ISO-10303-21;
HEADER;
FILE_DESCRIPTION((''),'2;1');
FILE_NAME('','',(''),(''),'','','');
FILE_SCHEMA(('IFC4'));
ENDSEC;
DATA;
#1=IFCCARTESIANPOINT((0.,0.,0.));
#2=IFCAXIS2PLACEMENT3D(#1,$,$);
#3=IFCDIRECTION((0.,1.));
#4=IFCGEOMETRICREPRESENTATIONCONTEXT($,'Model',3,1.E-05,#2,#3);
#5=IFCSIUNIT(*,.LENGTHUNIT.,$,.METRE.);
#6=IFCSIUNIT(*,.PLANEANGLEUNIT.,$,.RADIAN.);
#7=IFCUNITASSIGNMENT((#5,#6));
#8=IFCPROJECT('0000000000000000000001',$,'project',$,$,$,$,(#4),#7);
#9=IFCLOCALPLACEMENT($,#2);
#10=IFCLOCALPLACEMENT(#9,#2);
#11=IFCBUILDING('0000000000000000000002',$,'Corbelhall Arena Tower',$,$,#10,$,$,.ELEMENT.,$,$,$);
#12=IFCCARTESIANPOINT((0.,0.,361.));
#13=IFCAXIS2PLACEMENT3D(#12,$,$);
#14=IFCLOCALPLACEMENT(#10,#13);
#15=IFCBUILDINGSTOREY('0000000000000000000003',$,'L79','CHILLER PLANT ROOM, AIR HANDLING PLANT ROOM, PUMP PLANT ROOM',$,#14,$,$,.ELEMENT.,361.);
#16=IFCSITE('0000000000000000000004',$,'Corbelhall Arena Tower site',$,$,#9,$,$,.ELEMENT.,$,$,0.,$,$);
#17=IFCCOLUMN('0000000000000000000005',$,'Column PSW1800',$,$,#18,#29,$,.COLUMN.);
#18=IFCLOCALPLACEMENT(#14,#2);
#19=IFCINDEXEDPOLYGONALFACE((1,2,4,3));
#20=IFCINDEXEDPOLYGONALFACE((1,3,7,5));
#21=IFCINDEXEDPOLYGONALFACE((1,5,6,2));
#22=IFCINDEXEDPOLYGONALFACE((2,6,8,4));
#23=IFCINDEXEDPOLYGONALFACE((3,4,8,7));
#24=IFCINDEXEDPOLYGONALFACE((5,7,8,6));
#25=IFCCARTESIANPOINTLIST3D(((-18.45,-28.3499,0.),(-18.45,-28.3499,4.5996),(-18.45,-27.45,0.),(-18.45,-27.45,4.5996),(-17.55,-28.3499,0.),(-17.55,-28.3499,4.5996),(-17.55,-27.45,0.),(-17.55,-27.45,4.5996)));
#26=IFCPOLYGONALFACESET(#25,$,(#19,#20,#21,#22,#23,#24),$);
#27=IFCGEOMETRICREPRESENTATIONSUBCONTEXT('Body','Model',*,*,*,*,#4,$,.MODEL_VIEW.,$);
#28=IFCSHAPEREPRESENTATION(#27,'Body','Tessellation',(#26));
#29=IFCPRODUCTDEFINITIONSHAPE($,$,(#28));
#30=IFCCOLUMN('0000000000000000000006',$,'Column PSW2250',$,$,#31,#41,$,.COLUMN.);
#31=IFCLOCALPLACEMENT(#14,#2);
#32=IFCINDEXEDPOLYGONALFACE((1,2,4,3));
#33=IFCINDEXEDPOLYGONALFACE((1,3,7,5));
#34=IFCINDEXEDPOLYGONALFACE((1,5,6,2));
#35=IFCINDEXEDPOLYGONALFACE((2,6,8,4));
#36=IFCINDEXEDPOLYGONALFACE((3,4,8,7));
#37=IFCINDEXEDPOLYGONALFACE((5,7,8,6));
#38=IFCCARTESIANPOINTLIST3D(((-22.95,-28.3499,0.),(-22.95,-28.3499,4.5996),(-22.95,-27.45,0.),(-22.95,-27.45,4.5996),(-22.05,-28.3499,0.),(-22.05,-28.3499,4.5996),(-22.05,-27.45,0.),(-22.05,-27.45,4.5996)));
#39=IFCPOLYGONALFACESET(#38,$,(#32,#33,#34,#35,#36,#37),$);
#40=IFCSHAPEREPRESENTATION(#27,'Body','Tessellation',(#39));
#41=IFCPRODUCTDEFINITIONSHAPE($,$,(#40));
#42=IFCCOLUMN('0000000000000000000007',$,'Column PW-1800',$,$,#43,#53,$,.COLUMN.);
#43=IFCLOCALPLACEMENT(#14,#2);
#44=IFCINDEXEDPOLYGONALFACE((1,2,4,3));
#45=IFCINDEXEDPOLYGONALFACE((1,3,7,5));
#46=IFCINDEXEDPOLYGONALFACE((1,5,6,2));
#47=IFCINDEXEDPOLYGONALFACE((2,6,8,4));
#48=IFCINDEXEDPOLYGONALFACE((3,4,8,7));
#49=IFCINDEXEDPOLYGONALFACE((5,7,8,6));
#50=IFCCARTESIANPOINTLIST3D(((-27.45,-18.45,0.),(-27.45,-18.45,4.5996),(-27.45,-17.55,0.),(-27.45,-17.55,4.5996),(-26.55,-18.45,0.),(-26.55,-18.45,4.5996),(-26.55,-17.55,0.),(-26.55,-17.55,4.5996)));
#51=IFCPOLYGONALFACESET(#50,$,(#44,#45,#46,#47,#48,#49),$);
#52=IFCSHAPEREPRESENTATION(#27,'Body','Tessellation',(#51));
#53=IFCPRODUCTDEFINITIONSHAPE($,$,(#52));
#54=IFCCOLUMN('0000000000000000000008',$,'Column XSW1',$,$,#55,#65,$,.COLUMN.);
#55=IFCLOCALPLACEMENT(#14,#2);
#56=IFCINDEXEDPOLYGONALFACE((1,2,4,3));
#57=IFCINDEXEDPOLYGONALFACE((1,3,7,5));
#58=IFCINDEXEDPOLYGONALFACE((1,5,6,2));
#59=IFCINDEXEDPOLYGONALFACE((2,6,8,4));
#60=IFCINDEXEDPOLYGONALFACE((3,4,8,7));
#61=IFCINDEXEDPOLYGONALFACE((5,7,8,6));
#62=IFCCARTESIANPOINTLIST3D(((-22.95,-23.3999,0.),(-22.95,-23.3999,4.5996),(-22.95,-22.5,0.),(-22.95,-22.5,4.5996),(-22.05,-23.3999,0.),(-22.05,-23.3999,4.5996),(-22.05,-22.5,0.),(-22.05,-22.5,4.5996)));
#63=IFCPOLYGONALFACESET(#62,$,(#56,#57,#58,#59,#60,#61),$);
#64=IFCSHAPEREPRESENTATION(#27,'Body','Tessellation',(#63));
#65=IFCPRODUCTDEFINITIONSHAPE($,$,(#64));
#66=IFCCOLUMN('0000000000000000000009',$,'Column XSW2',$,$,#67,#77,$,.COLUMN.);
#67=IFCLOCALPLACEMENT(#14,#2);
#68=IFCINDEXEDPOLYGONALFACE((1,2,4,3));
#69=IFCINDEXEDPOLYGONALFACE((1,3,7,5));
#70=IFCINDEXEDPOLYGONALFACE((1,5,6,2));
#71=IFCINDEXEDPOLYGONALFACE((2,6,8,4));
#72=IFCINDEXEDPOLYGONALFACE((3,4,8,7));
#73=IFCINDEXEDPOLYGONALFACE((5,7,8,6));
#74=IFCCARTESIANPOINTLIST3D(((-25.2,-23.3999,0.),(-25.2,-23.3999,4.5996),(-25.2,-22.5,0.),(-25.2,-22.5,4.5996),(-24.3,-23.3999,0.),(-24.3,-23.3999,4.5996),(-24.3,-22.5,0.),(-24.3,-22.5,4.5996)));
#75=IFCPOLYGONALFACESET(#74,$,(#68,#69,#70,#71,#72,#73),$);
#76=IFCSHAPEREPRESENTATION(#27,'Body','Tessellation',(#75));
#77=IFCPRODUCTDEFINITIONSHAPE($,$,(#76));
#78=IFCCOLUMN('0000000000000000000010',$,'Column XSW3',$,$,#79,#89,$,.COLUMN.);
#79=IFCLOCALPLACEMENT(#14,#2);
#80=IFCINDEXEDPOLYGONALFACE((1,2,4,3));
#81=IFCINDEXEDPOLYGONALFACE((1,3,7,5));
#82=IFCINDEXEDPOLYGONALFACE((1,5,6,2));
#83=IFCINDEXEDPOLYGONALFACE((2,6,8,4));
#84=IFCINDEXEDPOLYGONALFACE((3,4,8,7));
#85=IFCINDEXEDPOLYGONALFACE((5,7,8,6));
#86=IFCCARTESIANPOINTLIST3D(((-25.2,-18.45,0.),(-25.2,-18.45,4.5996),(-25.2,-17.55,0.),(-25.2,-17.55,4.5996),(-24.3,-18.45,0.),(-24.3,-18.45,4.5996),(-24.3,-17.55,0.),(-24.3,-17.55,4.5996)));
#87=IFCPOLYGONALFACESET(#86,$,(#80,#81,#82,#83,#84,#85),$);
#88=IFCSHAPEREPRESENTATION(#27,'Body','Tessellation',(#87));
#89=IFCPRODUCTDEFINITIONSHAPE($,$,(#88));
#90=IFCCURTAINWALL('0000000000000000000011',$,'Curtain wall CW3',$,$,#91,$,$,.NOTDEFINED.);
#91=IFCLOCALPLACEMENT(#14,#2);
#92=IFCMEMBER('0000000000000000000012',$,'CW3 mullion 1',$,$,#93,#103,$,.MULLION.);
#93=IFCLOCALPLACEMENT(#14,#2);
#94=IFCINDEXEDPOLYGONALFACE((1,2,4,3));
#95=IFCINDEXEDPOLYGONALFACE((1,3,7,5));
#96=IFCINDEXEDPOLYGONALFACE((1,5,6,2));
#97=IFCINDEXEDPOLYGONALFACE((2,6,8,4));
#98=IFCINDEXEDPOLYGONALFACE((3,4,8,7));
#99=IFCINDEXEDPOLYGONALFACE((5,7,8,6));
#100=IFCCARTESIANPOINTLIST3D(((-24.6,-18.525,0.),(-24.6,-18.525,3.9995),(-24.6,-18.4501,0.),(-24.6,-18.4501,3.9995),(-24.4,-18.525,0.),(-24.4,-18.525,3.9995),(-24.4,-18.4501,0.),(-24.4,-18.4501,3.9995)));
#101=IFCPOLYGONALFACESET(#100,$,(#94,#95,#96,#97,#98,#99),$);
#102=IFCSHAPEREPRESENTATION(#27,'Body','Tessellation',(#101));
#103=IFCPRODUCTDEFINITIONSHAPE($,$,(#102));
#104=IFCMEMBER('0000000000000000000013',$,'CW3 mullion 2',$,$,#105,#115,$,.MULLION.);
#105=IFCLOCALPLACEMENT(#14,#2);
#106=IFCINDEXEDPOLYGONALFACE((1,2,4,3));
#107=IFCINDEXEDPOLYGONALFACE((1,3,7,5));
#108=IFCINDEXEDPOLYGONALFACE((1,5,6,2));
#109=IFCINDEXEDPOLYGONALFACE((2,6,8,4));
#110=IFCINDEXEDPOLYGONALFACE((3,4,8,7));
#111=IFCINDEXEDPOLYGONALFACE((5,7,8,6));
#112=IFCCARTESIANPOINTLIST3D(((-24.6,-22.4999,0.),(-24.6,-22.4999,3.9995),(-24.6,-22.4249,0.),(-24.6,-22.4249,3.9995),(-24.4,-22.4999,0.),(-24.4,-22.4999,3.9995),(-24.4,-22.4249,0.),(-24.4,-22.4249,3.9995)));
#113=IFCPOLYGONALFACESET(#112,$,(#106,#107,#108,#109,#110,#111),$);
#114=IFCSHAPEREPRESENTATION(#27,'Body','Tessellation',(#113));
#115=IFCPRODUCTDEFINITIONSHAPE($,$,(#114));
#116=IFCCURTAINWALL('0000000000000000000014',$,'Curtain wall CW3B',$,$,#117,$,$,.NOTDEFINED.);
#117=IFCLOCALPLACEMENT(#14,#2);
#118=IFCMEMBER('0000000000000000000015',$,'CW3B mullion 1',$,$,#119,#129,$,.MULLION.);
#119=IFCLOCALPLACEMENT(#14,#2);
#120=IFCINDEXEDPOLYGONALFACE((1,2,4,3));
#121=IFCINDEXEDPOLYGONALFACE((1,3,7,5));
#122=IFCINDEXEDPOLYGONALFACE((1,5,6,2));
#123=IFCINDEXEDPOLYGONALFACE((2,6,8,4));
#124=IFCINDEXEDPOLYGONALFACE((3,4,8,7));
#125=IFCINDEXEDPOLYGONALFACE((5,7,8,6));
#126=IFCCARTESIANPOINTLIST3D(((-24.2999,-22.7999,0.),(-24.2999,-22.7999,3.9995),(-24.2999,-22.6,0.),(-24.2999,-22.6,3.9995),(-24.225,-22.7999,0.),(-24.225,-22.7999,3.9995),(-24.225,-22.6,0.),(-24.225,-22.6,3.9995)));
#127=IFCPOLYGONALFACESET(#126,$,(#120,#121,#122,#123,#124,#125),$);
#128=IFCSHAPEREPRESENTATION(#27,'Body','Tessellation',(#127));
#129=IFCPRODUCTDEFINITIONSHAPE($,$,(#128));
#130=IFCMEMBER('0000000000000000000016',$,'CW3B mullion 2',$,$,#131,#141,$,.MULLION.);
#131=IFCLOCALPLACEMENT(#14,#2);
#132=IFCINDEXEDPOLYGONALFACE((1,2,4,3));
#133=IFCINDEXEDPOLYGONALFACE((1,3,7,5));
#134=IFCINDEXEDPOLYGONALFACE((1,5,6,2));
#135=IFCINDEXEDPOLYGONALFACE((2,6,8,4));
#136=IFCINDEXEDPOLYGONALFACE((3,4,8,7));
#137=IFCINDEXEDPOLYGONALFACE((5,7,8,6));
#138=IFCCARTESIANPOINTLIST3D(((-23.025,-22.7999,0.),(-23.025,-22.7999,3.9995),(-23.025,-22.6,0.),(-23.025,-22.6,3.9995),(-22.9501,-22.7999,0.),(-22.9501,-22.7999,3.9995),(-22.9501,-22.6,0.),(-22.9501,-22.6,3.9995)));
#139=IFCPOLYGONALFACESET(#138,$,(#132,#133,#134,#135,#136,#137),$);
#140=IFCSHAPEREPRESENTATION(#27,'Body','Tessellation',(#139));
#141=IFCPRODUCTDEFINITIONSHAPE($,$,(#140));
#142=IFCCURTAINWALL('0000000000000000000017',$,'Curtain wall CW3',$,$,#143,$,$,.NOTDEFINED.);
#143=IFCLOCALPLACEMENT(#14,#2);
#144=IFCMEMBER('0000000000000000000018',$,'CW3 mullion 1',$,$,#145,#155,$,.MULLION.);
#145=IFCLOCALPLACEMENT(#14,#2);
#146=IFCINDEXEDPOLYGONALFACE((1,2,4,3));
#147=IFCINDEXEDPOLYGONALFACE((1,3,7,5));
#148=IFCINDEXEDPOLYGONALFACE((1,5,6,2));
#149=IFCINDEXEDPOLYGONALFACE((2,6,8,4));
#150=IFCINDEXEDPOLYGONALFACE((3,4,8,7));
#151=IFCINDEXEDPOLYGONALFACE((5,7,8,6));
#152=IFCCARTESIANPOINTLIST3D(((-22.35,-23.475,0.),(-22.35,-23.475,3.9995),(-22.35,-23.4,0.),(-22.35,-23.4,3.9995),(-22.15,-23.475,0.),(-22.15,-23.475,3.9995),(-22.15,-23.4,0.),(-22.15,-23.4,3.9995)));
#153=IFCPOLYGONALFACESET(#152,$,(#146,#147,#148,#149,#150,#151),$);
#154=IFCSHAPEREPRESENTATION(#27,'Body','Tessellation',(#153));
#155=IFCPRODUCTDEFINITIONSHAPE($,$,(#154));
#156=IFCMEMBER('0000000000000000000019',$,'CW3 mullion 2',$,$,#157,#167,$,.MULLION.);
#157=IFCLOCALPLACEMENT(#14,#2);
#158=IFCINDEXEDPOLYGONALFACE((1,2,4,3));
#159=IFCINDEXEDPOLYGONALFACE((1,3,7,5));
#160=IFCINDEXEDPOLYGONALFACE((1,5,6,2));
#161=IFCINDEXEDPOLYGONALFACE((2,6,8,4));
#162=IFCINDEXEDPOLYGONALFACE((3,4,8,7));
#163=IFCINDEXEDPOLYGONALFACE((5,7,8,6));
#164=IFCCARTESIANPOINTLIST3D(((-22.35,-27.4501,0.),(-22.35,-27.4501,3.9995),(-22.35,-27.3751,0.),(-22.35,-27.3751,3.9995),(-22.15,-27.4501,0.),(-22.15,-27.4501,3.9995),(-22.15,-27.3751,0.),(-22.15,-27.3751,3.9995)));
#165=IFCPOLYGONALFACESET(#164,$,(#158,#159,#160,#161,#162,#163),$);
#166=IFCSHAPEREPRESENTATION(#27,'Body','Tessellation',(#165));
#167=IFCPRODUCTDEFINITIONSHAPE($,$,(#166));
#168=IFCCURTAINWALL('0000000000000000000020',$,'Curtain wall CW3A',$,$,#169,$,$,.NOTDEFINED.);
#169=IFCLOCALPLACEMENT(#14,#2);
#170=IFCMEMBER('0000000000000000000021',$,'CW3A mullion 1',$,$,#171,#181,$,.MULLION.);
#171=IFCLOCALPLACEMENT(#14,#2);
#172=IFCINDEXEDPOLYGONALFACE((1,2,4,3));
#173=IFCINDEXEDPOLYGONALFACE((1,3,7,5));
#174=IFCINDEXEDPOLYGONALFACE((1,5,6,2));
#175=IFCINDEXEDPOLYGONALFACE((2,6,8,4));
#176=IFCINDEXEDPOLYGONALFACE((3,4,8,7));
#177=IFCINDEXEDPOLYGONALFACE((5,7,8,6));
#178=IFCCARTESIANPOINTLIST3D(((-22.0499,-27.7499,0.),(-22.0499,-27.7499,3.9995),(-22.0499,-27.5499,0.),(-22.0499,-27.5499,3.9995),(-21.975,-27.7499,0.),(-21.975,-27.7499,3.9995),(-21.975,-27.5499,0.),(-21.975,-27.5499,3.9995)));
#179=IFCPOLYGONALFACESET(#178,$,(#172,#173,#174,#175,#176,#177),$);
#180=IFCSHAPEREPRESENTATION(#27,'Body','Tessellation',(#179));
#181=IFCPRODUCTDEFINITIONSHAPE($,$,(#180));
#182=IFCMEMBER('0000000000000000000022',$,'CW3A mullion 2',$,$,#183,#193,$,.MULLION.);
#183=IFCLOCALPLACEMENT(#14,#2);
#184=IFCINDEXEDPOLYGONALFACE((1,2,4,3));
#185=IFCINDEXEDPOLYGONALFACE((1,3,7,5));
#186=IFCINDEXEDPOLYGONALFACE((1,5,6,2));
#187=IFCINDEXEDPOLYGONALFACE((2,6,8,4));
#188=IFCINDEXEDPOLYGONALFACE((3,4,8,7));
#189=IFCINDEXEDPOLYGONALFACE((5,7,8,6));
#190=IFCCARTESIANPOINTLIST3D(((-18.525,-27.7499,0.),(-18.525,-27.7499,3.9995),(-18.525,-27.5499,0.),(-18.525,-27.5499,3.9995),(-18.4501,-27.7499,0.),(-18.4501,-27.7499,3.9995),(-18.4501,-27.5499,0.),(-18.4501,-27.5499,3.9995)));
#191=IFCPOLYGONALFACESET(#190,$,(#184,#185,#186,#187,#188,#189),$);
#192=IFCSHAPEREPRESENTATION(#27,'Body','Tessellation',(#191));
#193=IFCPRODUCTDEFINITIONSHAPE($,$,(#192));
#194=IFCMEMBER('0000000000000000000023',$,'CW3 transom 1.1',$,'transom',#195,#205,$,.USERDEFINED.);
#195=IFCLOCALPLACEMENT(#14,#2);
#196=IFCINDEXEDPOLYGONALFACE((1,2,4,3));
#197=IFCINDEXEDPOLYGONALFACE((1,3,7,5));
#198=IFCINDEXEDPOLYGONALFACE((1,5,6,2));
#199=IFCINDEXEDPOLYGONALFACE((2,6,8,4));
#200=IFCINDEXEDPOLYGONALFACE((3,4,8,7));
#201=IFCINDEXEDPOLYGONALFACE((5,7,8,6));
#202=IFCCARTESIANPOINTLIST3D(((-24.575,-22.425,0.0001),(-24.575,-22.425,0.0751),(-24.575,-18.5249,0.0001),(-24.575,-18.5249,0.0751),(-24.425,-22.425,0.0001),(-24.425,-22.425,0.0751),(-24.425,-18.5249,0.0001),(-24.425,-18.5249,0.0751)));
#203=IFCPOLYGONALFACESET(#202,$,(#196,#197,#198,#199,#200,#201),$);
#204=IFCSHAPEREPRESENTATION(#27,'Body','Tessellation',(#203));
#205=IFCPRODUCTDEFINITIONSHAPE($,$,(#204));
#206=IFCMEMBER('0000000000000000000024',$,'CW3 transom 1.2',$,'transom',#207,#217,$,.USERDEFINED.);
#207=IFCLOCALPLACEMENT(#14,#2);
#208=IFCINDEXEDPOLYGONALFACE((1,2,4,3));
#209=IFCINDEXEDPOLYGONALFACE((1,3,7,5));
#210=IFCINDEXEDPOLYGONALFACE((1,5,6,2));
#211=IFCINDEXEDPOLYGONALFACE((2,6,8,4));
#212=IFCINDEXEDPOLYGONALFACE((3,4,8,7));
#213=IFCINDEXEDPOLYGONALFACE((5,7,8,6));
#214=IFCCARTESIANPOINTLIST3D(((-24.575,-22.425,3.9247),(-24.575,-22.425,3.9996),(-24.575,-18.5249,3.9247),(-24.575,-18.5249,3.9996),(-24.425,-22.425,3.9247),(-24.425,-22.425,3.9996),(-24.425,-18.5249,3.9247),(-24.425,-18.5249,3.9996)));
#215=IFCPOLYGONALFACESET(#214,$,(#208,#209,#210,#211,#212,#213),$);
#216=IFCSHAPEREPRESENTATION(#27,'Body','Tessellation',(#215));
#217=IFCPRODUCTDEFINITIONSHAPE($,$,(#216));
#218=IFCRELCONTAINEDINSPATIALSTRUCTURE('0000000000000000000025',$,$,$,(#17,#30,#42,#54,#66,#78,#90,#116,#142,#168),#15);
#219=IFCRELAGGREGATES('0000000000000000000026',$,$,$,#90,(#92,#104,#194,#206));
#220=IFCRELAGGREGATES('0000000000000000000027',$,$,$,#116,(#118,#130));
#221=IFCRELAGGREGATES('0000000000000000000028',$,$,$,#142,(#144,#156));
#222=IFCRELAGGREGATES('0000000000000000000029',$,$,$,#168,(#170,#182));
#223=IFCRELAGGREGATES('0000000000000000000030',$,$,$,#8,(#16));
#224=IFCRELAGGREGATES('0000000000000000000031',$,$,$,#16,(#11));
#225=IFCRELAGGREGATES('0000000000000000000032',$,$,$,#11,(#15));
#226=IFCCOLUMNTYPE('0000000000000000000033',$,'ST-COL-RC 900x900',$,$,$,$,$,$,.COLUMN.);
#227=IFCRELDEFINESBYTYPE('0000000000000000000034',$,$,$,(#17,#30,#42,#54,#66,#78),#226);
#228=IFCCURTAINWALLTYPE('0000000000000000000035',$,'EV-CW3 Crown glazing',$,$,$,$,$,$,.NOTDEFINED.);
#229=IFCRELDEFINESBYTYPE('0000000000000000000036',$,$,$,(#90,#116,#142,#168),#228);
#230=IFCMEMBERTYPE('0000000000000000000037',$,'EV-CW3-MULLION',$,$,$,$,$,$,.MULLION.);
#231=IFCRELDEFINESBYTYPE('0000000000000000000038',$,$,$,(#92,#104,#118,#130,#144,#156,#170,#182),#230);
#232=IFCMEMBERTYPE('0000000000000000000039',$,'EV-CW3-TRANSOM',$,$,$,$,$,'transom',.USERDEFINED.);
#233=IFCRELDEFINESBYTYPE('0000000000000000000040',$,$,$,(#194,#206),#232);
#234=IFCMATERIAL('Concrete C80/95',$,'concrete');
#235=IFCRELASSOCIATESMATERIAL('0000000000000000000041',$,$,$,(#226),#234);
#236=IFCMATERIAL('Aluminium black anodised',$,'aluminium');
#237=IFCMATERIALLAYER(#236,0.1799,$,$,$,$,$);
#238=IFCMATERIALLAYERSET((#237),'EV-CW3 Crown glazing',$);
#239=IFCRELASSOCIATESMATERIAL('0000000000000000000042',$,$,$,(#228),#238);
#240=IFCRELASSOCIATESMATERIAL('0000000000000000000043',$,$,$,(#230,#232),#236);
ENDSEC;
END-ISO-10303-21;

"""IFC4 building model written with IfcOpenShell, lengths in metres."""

from ifc_helpers import new_model, si_unit, direction, frame, origin, origin_2d, place, context, subcontext, project, spatial, rectangle, extrude, material, layer, layer_set, material_profile, profile_set, type_object, element, aggregate, save


model = new_model("IFC4")

# Units and contexts
model_context = context("Model", 3, precision=1e-05, world=origin(), true_north=direction((0.0, 1.0)))
body_context = subcontext(model_context, "Body", "Model", "MODEL_VIEW")
ifc_project = project(units=[si_unit("LENGTHUNIT", "METRE"), si_unit("PLANEANGLEUNIT", "RADIAN")], contexts=[model_context])

# Site, building, storey
site_placement = place(None, origin())
site = spatial("IfcSite", under=ifc_project, at=site_placement, Name="Corbelhall Arena Tower site", CompositionType="ELEMENT", RefElevation=0.0)
building_placement = place(site_placement, origin())
building = spatial("IfcBuilding", under=site, at=building_placement, Name="Corbelhall Arena Tower", CompositionType="ELEMENT")
storey_placement = place(building_placement, frame((0.0, 0.0, 361.0)))
storey = spatial("IfcBuildingStorey", under=building, at=storey_placement, Name="L79", Description="CHILLER PLANT ROOM, AIR HANDLING PLANT ROOM, PUMP PLANT ROOM", CompositionType="ELEMENT", Elevation=361.0)

# Columns
ifc_material_1 = material(Name="Concrete C80/95", Category="concrete")
ifc_material_profile_1 = material_profile(ifc_material_1, rectangle(XDim=0.8999, YDim=0.8999, at=origin_2d()))
ifc_profile_set_1 = profile_set([ifc_material_profile_1], Name="Concrete C80/95")
column_type = type_object("IfcColumnType", Name="ST-COL-RC 900x900", PredefinedType="COLUMN", material=ifc_profile_set_1)
for number, where, z_axis, x_axis, name in (
    (1, (-18.0, -27.8999, 0.0), (0.0, 0.0, 1.0), (1.0, 0.0, 0.0), "Column PSW1800"),
    (2, (-22.5, -27.8999, 0.0), (0.0, 0.0, 1.0), (1.0, 0.0, 0.0), "Column PSW2250"),
    (3, (-27.0, -18.0, 0.0), (0.0, 0.0, 1.0), (0.0, 1.0, 0.0), "Column PW-1800"),
    (4, (-22.5, -22.95, 0.0), (0.0, 0.0, 1.0), (1.0, 0.0, 0.0), "Column XSW1"),
    (5, (-24.75, -22.95, 0.0), (0.0, 0.0, 1.0), (1.0, 0.0, 0.0), "Column XSW2"),
    (6, (-24.75, -18.0, 0.0), (0.0, 0.0, 1.0), (1.0, 0.0, 0.0), "Column XSW3"),
):
    element("IfcColumn", number, at=place(storey_placement, frame(where, z_axis=z_axis, x_axis=x_axis)), inside=storey, type_object=column_type, Name=name, PredefinedType="COLUMN", context=body_context, shape_type="SweptSolid", body=[
        extrude(rectangle(XDim=0.8999, YDim=0.8999, at=origin_2d()), origin(), (0.0, 0.0, 1.0), 4.5996),
    ])

# Curtain walls, members
ifc_material_2 = material(Name="Aluminium black anodised", Category="aluminium")
ifc_layer_1 = layer(ifc_material_2, 0.1799)
ifc_layer_set_1 = layer_set([ifc_layer_1], Name="EV-CW3 Crown glazing")
curtain_wall_type = type_object("IfcCurtainWallType", Name="EV-CW3 Crown glazing", PredefinedType="NOTDEFINED", material=ifc_layer_set_1)
curtain_wall_1_placement = place(storey_placement, origin())
curtain_wall_1 = element("IfcCurtainWall", 7, at=curtain_wall_1_placement, inside=storey, type_object=curtain_wall_type, Name="Curtain wall CW3", PredefinedType="NOTDEFINED")
ifc_material_profile_2 = material_profile(ifc_material_2, rectangle(XDim=0.2, YDim=0.075, at=origin_2d()))
ifc_profile_set_2 = profile_set([ifc_material_profile_2], Name="Aluminium black anodised")
member_type_1 = type_object("IfcMemberType", Name="EV-CW3-MULLION", PredefinedType="MULLION", material=ifc_profile_set_2)
member_1_placement = place(storey_placement, frame((-24.5, -18.4875, 0.0), z_axis=(0.0, 0.0, 1.0), x_axis=(1.0, 0.0, 0.0)))
member_1 = element("IfcMember", 8, at=member_1_placement, type_object=member_type_1, Name="CW3 mullion 1", PredefinedType="MULLION", context=body_context, shape_type="SweptSolid", body=[
    extrude(rectangle(XDim=0.2, YDim=0.075, at=origin_2d()), origin(), (0.0, 0.0, 1.0), 3.9995),
])
member_2_placement = place(storey_placement, frame((-24.5, -22.4624, 0.0), z_axis=(0.0, 0.0, 1.0), x_axis=(1.0, 0.0, 0.0)))
member_2 = element("IfcMember", 9, at=member_2_placement, type_object=member_type_1, Name="CW3 mullion 2", PredefinedType="MULLION", context=body_context, shape_type="SweptSolid", body=[
    extrude(rectangle(XDim=0.2, YDim=0.075, at=origin_2d()), origin(), (0.0, 0.0, 1.0), 3.9995),
])
curtain_wall_2_placement = place(storey_placement, origin())
curtain_wall_2 = element("IfcCurtainWall", 10, at=curtain_wall_2_placement, inside=storey, type_object=curtain_wall_type, Name="Curtain wall CW3B", PredefinedType="NOTDEFINED")
member_3_placement = place(storey_placement, frame((-24.2625, -22.7, 0.0), z_axis=(0.0, 0.0, 1.0), x_axis=(0.0, 1.0, 0.0)))
member_3 = element("IfcMember", 11, at=member_3_placement, type_object=member_type_1, Name="CW3B mullion 1", PredefinedType="MULLION", context=body_context, shape_type="SweptSolid", body=[
    extrude(rectangle(XDim=0.2, YDim=0.075, at=origin_2d()), origin(), (0.0, 0.0, 1.0), 3.9995),
])
member_4_placement = place(storey_placement, frame((-22.9875, -22.7, 0.0), z_axis=(0.0, 0.0, 1.0), x_axis=(0.0, 1.0, 0.0)))
member_4 = element("IfcMember", 12, at=member_4_placement, type_object=member_type_1, Name="CW3B mullion 2", PredefinedType="MULLION", context=body_context, shape_type="SweptSolid", body=[
    extrude(rectangle(XDim=0.2, YDim=0.075, at=origin_2d()), origin(), (0.0, 0.0, 1.0), 3.9995),
])
curtain_wall_3_placement = place(storey_placement, origin())
curtain_wall_3 = element("IfcCurtainWall", 13, at=curtain_wall_3_placement, inside=storey, type_object=curtain_wall_type, Name="Curtain wall CW3", PredefinedType="NOTDEFINED")
member_5_placement = place(storey_placement, frame((-22.25, -23.4375, 0.0), z_axis=(0.0, 0.0, 1.0), x_axis=(1.0, 0.0, 0.0)))
member_5 = element("IfcMember", 14, at=member_5_placement, type_object=member_type_1, Name="CW3 mullion 1", PredefinedType="MULLION", context=body_context, shape_type="SweptSolid", body=[
    extrude(rectangle(XDim=0.2, YDim=0.075, at=origin_2d()), origin(), (0.0, 0.0, 1.0), 3.9995),
])
member_6_placement = place(storey_placement, frame((-22.25, -27.4126, 0.0), z_axis=(0.0, 0.0, 1.0), x_axis=(1.0, 0.0, 0.0)))
member_6 = element("IfcMember", 15, at=member_6_placement, type_object=member_type_1, Name="CW3 mullion 2", PredefinedType="MULLION", context=body_context, shape_type="SweptSolid", body=[
    extrude(rectangle(XDim=0.2, YDim=0.075, at=origin_2d()), origin(), (0.0, 0.0, 1.0), 3.9995),
])
curtain_wall_4_placement = place(storey_placement, origin())
curtain_wall_4 = element("IfcCurtainWall", 16, at=curtain_wall_4_placement, inside=storey, type_object=curtain_wall_type, Name="Curtain wall CW3A", PredefinedType="NOTDEFINED")
member_7_placement = place(storey_placement, frame((-22.0125, -27.6499, 0.0), z_axis=(0.0, 0.0, 1.0), x_axis=(0.0, 1.0, 0.0)))
member_7 = element("IfcMember", 17, at=member_7_placement, type_object=member_type_1, Name="CW3A mullion 1", PredefinedType="MULLION", context=body_context, shape_type="SweptSolid", body=[
    extrude(rectangle(XDim=0.2, YDim=0.075, at=origin_2d()), origin(), (0.0, 0.0, 1.0), 3.9995),
])
member_8_placement = place(storey_placement, frame((-18.4875, -27.6499, 0.0), z_axis=(0.0, 0.0, 1.0), x_axis=(0.0, 1.0, 0.0)))
member_8 = element("IfcMember", 18, at=member_8_placement, type_object=member_type_1, Name="CW3A mullion 2", PredefinedType="MULLION", context=body_context, shape_type="SweptSolid", body=[
    extrude(rectangle(XDim=0.2, YDim=0.075, at=origin_2d()), origin(), (0.0, 0.0, 1.0), 3.9995),
])

# Members
ifc_material_profile_3 = material_profile(ifc_material_2, rectangle(XDim=0.1499, YDim=0.075, at=origin_2d()))
ifc_profile_set_3 = profile_set([ifc_material_profile_3], Name="Aluminium black anodised")
member_type_2 = type_object("IfcMemberType", Name="EV-CW3-TRANSOM", ElementType="transom", PredefinedType="USERDEFINED", material=ifc_profile_set_3)
member_9_placement = place(storey_placement, frame((-24.5, -18.5249, 0.0376), z_axis=(0.0, -1.0, 0.0), x_axis=(1.0, 0.0, 0.0)))
member_9 = element("IfcMember", 19, at=member_9_placement, type_object=member_type_2, Name="CW3 transom 1.1", ObjectType="transom", PredefinedType="USERDEFINED", context=body_context, shape_type="SweptSolid", body=[
    extrude(rectangle(XDim=0.1499, YDim=0.075, at=origin_2d()), origin(), (0.0, 0.0, 1.0), 3.9001),
])
member_10_placement = place(storey_placement, frame((-24.5, -18.5249, 3.9622), z_axis=(0.0, -1.0, 0.0), x_axis=(1.0, 0.0, 0.0)))
member_10 = element("IfcMember", 20, at=member_10_placement, type_object=member_type_2, Name="CW3 transom 1.2", ObjectType="transom", PredefinedType="USERDEFINED", context=body_context, shape_type="SweptSolid", body=[
    extrude(rectangle(XDim=0.1499, YDim=0.075, at=origin_2d()), origin(), (0.0, 0.0, 1.0), 3.9001),
])

aggregate(curtain_wall_1, [member_1, member_2, member_9, member_10])
aggregate(curtain_wall_2, [member_3, member_4])
aggregate(curtain_wall_3, [member_5, member_6])
aggregate(curtain_wall_4, [member_7, member_8])

save(model, "model.ifc")
